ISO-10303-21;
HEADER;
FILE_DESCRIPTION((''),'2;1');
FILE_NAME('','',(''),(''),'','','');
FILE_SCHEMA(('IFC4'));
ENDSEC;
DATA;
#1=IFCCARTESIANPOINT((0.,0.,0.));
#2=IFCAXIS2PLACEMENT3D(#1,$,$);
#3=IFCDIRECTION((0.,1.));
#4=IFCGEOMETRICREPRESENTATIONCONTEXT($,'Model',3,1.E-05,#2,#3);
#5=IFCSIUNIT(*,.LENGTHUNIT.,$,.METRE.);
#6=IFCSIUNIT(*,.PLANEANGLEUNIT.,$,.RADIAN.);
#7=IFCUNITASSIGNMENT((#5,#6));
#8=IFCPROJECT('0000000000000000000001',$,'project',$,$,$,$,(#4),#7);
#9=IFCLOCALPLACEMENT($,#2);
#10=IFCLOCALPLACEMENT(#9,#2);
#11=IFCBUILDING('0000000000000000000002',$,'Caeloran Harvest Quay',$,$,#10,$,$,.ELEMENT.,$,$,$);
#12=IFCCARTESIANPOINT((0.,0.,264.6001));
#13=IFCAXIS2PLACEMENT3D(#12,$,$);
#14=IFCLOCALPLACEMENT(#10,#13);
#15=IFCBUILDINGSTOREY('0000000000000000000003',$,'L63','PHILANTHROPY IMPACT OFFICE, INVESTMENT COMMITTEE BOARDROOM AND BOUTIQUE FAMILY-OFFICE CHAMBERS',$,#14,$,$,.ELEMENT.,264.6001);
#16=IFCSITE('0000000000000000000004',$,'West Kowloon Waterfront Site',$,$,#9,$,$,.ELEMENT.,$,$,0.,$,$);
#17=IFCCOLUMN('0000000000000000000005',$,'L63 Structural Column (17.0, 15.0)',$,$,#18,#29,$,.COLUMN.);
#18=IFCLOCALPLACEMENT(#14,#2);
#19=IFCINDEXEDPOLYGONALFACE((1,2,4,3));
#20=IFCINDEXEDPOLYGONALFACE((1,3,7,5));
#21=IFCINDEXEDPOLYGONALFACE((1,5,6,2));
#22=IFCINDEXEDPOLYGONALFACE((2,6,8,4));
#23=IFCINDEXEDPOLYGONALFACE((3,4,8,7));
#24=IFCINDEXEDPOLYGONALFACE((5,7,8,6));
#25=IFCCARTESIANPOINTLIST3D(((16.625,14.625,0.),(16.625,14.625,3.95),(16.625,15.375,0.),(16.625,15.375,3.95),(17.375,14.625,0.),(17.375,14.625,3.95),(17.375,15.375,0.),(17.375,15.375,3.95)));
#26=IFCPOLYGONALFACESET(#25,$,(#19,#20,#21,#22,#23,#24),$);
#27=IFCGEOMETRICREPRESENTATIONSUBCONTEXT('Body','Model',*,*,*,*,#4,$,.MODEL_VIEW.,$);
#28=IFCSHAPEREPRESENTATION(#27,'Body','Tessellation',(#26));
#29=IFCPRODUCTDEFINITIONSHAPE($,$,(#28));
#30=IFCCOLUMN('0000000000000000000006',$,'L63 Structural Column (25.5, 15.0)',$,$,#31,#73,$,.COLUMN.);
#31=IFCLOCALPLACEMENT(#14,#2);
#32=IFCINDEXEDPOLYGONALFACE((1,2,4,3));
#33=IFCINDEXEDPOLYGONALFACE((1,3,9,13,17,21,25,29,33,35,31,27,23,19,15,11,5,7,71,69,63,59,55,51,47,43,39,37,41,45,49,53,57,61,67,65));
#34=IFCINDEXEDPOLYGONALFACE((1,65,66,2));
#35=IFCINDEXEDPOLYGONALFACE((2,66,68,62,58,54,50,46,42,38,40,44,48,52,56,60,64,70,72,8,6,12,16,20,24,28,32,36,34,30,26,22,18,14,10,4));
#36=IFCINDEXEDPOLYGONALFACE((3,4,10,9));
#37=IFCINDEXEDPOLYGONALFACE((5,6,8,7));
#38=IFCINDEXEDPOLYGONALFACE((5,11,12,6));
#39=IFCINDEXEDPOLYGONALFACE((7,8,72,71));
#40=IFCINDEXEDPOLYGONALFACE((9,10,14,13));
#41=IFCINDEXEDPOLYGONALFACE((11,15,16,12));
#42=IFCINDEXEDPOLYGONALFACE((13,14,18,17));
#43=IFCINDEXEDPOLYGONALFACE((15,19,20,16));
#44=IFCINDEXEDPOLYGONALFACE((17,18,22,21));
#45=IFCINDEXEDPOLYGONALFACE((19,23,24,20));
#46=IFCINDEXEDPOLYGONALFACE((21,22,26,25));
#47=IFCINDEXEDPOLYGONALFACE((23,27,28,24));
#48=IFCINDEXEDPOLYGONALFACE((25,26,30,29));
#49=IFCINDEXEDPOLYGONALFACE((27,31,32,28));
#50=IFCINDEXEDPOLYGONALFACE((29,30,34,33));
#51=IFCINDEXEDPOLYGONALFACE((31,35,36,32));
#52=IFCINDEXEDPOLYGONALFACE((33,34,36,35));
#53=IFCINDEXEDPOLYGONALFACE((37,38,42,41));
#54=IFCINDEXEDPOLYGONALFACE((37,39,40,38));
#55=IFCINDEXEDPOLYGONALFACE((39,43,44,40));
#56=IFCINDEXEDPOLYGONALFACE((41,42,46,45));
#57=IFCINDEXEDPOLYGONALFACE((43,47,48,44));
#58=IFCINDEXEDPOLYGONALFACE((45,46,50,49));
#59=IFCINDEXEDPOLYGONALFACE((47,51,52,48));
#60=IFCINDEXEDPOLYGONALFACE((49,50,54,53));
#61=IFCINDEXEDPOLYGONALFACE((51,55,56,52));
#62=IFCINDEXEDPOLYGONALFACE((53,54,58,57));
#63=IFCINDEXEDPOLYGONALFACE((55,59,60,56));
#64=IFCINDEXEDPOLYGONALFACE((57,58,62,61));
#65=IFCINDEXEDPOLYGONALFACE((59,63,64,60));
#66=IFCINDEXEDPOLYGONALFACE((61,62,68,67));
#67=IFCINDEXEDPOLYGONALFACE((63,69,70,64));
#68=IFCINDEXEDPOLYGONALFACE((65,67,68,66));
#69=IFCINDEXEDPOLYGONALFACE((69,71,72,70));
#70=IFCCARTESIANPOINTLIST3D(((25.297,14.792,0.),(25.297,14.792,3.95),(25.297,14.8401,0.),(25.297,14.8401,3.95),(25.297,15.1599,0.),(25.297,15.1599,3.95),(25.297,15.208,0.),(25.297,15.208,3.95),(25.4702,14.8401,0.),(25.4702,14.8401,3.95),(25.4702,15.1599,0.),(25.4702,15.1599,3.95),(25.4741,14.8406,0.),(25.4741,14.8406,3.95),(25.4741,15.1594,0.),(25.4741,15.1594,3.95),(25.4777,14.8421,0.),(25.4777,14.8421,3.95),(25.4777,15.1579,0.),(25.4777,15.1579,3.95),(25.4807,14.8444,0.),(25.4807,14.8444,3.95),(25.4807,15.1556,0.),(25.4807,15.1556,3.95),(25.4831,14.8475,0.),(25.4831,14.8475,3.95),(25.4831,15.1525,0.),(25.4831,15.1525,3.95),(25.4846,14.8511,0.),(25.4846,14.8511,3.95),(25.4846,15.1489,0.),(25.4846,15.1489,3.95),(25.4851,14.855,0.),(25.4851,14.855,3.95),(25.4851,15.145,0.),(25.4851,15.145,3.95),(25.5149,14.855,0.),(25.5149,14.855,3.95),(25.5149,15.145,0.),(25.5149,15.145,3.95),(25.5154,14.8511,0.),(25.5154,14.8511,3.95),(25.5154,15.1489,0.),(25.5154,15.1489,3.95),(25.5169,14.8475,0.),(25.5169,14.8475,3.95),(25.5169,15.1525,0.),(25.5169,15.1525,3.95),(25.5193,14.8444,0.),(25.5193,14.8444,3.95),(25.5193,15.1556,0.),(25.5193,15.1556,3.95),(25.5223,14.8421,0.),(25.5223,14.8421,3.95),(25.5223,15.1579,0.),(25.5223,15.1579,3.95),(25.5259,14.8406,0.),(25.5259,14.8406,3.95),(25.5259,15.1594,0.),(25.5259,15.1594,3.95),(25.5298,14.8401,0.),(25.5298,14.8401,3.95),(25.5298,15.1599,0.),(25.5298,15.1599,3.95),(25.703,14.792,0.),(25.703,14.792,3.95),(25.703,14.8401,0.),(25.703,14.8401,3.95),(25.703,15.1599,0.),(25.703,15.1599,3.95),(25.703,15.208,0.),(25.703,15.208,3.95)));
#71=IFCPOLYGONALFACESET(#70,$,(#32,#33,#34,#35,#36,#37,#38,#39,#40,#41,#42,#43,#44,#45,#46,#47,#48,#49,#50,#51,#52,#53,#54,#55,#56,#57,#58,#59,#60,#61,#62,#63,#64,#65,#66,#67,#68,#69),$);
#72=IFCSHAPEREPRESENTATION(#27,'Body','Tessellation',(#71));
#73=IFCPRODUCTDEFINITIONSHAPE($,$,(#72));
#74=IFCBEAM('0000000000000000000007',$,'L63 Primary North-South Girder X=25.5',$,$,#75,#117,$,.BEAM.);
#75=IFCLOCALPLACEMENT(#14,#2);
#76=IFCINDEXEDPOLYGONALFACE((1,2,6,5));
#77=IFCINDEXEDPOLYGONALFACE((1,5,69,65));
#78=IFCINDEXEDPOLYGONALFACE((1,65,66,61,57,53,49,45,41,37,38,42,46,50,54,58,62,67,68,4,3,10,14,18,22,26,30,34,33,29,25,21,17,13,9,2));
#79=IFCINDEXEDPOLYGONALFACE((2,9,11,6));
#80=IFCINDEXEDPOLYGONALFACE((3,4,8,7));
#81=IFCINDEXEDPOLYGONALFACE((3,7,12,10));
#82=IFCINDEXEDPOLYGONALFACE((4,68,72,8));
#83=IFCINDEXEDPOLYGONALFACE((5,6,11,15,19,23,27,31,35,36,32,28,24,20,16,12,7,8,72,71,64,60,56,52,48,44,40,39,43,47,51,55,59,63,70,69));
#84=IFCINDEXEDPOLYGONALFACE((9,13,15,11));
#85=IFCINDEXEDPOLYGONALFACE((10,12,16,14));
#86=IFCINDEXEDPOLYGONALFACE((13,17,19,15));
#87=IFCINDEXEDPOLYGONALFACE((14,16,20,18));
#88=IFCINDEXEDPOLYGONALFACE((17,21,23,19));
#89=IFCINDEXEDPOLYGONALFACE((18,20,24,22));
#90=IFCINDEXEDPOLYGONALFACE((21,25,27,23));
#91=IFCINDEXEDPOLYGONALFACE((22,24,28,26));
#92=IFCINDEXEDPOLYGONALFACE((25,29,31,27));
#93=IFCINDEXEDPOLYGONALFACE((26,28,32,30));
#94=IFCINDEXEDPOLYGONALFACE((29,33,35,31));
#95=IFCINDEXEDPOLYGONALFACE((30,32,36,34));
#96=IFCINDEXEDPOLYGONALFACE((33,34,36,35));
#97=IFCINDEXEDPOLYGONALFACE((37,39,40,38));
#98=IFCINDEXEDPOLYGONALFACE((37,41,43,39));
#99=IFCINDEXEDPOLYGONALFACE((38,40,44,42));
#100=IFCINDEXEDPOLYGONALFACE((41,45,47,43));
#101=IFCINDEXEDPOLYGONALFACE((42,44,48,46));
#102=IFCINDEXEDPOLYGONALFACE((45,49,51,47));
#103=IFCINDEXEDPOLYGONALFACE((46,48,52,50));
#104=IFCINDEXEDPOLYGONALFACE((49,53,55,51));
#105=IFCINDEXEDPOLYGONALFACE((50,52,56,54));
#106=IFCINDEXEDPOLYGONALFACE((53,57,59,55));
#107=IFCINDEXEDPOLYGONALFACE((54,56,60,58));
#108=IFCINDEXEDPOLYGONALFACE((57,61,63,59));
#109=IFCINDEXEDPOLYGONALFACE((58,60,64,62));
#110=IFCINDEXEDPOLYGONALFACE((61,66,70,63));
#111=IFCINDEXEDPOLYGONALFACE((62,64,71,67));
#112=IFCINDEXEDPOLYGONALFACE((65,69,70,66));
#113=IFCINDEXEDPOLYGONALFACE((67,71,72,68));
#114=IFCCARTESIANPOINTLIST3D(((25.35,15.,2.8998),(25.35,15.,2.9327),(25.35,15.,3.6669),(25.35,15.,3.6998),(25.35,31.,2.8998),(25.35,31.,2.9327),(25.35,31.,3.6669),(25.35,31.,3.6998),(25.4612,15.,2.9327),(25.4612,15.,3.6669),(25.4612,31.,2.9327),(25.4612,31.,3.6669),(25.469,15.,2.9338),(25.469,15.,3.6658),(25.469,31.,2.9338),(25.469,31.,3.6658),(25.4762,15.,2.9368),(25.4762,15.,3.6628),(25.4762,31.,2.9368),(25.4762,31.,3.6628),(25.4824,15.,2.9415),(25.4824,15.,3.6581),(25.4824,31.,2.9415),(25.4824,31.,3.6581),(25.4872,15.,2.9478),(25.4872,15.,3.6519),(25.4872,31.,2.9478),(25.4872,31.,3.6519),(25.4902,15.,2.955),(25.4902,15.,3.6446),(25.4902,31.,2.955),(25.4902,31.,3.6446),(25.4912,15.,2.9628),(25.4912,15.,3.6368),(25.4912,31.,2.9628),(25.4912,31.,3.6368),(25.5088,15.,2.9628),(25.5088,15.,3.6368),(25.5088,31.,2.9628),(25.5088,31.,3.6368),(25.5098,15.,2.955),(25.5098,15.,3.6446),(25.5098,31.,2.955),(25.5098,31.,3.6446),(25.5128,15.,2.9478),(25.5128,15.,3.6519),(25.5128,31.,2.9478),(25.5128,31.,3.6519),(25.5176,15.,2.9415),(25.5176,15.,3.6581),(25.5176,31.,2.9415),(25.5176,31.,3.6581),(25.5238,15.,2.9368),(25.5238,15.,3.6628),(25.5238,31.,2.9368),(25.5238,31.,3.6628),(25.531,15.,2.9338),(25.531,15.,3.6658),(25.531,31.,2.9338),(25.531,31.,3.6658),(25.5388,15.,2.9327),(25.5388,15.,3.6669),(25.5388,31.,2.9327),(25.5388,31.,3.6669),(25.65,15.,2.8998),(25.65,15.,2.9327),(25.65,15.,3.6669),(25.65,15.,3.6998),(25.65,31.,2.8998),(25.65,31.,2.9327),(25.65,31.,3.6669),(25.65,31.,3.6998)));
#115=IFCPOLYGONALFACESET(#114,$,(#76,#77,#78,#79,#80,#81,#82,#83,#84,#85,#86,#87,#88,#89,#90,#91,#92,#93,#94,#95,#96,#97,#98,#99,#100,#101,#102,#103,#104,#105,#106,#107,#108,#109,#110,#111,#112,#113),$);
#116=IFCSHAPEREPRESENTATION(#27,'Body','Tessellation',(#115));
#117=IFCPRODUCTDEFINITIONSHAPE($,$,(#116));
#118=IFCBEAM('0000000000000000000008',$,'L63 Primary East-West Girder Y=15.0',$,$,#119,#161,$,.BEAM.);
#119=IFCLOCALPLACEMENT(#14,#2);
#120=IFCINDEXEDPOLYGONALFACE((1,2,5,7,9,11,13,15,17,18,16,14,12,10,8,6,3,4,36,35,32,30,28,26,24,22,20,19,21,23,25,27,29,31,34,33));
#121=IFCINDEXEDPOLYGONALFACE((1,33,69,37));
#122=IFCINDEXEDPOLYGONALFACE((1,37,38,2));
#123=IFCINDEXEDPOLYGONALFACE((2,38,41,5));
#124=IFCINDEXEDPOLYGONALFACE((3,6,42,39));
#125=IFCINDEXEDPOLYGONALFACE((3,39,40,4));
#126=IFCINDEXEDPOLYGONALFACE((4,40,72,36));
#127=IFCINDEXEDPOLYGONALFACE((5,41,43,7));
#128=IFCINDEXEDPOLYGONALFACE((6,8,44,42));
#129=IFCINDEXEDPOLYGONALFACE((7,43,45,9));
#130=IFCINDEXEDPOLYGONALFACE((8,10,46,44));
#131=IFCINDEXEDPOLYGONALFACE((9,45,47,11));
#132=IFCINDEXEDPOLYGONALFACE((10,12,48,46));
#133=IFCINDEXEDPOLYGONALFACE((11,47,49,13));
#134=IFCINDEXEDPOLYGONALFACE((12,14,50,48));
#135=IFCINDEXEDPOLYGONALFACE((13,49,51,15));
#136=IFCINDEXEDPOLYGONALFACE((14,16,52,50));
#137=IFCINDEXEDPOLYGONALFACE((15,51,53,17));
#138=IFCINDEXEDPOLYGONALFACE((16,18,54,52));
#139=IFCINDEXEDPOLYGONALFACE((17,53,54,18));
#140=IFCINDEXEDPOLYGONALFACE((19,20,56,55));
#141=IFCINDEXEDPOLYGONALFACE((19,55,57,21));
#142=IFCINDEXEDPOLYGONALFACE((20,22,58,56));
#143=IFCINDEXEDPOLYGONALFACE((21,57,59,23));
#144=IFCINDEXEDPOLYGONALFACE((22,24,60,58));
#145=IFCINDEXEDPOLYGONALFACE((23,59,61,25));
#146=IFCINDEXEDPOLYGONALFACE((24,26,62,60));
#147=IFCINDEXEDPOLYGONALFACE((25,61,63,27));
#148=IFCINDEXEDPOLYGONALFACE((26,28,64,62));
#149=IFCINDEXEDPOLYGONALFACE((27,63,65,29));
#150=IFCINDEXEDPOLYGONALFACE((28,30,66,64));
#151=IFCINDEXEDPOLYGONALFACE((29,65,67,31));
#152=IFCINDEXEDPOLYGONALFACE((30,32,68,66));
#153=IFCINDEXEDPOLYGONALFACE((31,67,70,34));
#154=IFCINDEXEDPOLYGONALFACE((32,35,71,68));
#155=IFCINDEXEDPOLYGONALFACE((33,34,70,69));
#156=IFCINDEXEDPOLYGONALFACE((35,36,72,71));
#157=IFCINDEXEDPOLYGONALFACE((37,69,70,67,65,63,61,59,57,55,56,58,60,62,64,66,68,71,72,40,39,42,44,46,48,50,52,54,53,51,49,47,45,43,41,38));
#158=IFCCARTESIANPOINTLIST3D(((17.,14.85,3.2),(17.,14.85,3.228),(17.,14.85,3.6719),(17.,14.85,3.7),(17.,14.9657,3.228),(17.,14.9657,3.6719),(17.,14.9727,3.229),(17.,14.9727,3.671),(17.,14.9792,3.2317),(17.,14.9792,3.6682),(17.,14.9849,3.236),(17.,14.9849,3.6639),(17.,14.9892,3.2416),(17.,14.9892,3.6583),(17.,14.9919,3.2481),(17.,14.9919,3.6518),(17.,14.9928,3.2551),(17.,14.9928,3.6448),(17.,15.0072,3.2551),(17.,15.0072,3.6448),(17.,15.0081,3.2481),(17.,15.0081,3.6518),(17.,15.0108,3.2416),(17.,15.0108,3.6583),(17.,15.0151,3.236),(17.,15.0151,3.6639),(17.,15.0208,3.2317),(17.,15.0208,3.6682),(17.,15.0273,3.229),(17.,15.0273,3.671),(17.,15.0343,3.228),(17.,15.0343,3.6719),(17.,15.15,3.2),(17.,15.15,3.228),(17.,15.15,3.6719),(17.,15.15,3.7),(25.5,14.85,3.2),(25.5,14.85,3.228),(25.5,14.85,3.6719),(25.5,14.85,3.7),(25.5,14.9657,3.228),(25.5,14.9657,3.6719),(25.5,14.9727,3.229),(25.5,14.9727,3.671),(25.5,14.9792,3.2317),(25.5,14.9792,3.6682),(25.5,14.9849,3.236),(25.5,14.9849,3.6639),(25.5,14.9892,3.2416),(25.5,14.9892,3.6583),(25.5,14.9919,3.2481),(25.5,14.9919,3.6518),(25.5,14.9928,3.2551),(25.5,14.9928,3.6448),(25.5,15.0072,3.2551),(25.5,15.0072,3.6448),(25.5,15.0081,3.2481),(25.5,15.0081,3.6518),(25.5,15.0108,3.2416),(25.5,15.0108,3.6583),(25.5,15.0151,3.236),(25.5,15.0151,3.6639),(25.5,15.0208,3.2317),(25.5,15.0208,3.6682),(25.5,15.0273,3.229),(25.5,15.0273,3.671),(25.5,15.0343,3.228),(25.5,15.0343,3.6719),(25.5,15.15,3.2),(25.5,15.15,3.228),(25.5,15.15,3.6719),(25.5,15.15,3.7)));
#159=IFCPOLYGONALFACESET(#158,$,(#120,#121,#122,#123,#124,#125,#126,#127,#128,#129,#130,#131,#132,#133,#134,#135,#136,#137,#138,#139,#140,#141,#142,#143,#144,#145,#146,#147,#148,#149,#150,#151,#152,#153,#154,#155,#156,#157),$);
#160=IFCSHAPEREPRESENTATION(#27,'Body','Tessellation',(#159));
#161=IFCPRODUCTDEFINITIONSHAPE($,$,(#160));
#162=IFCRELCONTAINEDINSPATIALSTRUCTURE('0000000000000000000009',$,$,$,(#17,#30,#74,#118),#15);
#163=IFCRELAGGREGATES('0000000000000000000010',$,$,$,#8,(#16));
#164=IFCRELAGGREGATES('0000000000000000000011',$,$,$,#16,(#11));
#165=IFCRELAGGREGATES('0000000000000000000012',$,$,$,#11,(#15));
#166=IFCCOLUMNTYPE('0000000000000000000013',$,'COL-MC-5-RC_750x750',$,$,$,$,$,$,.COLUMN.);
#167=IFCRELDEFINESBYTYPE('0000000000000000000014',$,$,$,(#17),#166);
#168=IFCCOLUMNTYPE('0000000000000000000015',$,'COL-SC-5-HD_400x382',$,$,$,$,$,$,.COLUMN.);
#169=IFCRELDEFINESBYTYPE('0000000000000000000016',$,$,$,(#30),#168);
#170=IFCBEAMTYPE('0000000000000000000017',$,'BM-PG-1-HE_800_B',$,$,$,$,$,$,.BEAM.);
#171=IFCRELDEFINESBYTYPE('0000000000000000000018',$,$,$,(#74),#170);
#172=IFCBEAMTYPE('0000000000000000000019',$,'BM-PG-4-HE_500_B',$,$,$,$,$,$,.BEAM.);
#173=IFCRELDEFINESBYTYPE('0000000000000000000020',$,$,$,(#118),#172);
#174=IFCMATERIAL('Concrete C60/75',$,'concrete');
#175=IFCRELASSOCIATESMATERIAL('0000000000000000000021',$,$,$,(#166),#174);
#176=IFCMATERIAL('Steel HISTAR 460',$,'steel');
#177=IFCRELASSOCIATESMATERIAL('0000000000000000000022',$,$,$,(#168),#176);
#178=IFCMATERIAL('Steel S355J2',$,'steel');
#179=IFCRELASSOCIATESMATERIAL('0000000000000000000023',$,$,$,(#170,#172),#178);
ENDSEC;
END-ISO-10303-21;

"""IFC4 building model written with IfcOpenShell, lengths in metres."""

from ifc_helpers import new_model, si_unit, direction, frame, origin, origin_2d, place, context, subcontext, project, spatial, rectangle, i_section, extrude, material, material_profile, profile_set, type_object, element, save


model = new_model("IFC4")

# Units and contexts
model_context = context("Model", 3, precision=1e-05, world=origin(), true_north=direction((0.0, 1.0)))
body_context = subcontext(model_context, "Body", "Model", "MODEL_VIEW")
ifc_project = project(units=[si_unit("LENGTHUNIT", "METRE"), si_unit("PLANEANGLEUNIT", "RADIAN")], contexts=[model_context])

# Site, building, storey
site_placement = place(None, origin())
site = spatial("IfcSite", under=ifc_project, at=site_placement, Name="West Kowloon Waterfront Site", CompositionType="ELEMENT", RefElevation=0.0)
building_placement = place(site_placement, origin())
building = spatial("IfcBuilding", under=site, at=building_placement, Name="Caeloran Harvest Quay", CompositionType="ELEMENT")
storey_placement = place(building_placement, frame((0.0, 0.0, 264.6001)))
storey = spatial("IfcBuildingStorey", under=building, at=storey_placement, Name="L63", Description="PHILANTHROPY IMPACT OFFICE, INVESTMENT COMMITTEE BOARDROOM AND BOUTIQUE FAMILY-OFFICE CHAMBERS", CompositionType="ELEMENT", Elevation=264.6001)

# Columns
ifc_material_1 = material(Name="Concrete C60/75", Category="concrete")
ifc_material_profile_1 = material_profile(ifc_material_1, rectangle(XDim=0.75, YDim=0.75, at=origin_2d()), Name="RC 750x750")
ifc_profile_set_1 = profile_set([ifc_material_profile_1], Name="Concrete C60/75")
column_type_1 = type_object("IfcColumnType", Name="COL-MC-5-RC_750x750", PredefinedType="COLUMN", material=ifc_profile_set_1)
column_1_placement = place(storey_placement, frame((17.0, 15.0, 0.0), z_axis=(0.0, 0.0, 1.0), x_axis=(1.0, 0.0, 0.0)))
element("IfcColumn", 1, at=column_1_placement, inside=storey, type_object=column_type_1, Name="L63 Structural Column (17.0, 15.0)", PredefinedType="COLUMN", context=body_context, shape_type="SweptSolid", body=[
    extrude(rectangle(XDim=0.75, YDim=0.75, at=origin_2d()), origin(), (0.0, 0.0, 1.0), 3.95),
])
ifc_material_2 = material(Name="Steel HISTAR 460", Category="steel")
ifc_material_profile_2 = material_profile(ifc_material_2, i_section(OverallWidth=0.406, OverallDepth=0.416, WebThickness=0.0298, FlangeThickness=0.0481, FilletRadius=0.0149, at=origin_2d()), Name="HD 400x382")
ifc_profile_set_2 = profile_set([ifc_material_profile_2], Name="Steel HISTAR 460")
column_type_2 = type_object("IfcColumnType", Name="COL-SC-5-HD_400x382", PredefinedType="COLUMN", material=ifc_profile_set_2)
column_2_placement = place(storey_placement, frame((25.5, 15.0, 0.0), z_axis=(0.0, 0.0, 1.0), x_axis=(1.0, 0.0, 0.0)))
element("IfcColumn", 2, at=column_2_placement, inside=storey, type_object=column_type_2, Name="L63 Structural Column (25.5, 15.0)", PredefinedType="COLUMN", context=body_context, shape_type="SweptSolid", body=[
    extrude(i_section(OverallWidth=0.406, OverallDepth=0.416, WebThickness=0.0298, FlangeThickness=0.0481, FilletRadius=0.0149, at=origin_2d()), origin(), (0.0, 0.0, 1.0), 3.95),
])

# Beams
ifc_material_3 = material(Name="Steel S355J2", Category="steel")
ifc_material_profile_3 = material_profile(ifc_material_3, i_section(OverallWidth=0.3, OverallDepth=0.8, WebThickness=0.0176, FlangeThickness=0.033, FilletRadius=0.03, at=origin_2d()), Name="HE 800 B")
ifc_profile_set_3 = profile_set([ifc_material_profile_3], Name="Steel S355J2")
beam_type_1 = type_object("IfcBeamType", Name="BM-PG-1-HE_800_B", PredefinedType="BEAM", material=ifc_profile_set_3)
beam_1_placement = place(storey_placement, frame((25.5, 15.0, 3.2998), z_axis=(0.0, 1.0, 0.0), x_axis=(-1.0, 0.0, 0.0)))
element("IfcBeam", 3, at=beam_1_placement, inside=storey, type_object=beam_type_1, Name="L63 Primary North-South Girder X=25.5", PredefinedType="BEAM", context=body_context, shape_type="SweptSolid", body=[
    extrude(i_section(OverallWidth=0.3, OverallDepth=0.8, WebThickness=0.0176, FlangeThickness=0.033, FilletRadius=0.03, at=origin_2d()), origin(), (0.0, 0.0, 1.0), 16.0),
])
ifc_material_profile_4 = material_profile(ifc_material_3, i_section(OverallWidth=0.3, OverallDepth=0.5, WebThickness=0.0144, FlangeThickness=0.0281, FilletRadius=0.0271, at=origin_2d()), Name="HE 500 B")
ifc_profile_set_4 = profile_set([ifc_material_profile_4], Name="Steel S355J2")
beam_type_2 = type_object("IfcBeamType", Name="BM-PG-4-HE_500_B", PredefinedType="BEAM", material=ifc_profile_set_4)
beam_2_placement = place(storey_placement, frame((17.0, 15.0, 3.45), z_axis=(1.0, 0.0, 0.0), x_axis=(0.0, 1.0, 0.0)))
element("IfcBeam", 4, at=beam_2_placement, inside=storey, type_object=beam_type_2, Name="L63 Primary East-West Girder Y=15.0", PredefinedType="BEAM", context=body_context, shape_type="SweptSolid", body=[
    extrude(i_section(OverallWidth=0.3, OverallDepth=0.5, WebThickness=0.0144, FlangeThickness=0.0281, FilletRadius=0.0271, at=origin_2d()), origin(), (0.0, 0.0, 1.0), 8.5),
])

save(model, "model.ifc")
